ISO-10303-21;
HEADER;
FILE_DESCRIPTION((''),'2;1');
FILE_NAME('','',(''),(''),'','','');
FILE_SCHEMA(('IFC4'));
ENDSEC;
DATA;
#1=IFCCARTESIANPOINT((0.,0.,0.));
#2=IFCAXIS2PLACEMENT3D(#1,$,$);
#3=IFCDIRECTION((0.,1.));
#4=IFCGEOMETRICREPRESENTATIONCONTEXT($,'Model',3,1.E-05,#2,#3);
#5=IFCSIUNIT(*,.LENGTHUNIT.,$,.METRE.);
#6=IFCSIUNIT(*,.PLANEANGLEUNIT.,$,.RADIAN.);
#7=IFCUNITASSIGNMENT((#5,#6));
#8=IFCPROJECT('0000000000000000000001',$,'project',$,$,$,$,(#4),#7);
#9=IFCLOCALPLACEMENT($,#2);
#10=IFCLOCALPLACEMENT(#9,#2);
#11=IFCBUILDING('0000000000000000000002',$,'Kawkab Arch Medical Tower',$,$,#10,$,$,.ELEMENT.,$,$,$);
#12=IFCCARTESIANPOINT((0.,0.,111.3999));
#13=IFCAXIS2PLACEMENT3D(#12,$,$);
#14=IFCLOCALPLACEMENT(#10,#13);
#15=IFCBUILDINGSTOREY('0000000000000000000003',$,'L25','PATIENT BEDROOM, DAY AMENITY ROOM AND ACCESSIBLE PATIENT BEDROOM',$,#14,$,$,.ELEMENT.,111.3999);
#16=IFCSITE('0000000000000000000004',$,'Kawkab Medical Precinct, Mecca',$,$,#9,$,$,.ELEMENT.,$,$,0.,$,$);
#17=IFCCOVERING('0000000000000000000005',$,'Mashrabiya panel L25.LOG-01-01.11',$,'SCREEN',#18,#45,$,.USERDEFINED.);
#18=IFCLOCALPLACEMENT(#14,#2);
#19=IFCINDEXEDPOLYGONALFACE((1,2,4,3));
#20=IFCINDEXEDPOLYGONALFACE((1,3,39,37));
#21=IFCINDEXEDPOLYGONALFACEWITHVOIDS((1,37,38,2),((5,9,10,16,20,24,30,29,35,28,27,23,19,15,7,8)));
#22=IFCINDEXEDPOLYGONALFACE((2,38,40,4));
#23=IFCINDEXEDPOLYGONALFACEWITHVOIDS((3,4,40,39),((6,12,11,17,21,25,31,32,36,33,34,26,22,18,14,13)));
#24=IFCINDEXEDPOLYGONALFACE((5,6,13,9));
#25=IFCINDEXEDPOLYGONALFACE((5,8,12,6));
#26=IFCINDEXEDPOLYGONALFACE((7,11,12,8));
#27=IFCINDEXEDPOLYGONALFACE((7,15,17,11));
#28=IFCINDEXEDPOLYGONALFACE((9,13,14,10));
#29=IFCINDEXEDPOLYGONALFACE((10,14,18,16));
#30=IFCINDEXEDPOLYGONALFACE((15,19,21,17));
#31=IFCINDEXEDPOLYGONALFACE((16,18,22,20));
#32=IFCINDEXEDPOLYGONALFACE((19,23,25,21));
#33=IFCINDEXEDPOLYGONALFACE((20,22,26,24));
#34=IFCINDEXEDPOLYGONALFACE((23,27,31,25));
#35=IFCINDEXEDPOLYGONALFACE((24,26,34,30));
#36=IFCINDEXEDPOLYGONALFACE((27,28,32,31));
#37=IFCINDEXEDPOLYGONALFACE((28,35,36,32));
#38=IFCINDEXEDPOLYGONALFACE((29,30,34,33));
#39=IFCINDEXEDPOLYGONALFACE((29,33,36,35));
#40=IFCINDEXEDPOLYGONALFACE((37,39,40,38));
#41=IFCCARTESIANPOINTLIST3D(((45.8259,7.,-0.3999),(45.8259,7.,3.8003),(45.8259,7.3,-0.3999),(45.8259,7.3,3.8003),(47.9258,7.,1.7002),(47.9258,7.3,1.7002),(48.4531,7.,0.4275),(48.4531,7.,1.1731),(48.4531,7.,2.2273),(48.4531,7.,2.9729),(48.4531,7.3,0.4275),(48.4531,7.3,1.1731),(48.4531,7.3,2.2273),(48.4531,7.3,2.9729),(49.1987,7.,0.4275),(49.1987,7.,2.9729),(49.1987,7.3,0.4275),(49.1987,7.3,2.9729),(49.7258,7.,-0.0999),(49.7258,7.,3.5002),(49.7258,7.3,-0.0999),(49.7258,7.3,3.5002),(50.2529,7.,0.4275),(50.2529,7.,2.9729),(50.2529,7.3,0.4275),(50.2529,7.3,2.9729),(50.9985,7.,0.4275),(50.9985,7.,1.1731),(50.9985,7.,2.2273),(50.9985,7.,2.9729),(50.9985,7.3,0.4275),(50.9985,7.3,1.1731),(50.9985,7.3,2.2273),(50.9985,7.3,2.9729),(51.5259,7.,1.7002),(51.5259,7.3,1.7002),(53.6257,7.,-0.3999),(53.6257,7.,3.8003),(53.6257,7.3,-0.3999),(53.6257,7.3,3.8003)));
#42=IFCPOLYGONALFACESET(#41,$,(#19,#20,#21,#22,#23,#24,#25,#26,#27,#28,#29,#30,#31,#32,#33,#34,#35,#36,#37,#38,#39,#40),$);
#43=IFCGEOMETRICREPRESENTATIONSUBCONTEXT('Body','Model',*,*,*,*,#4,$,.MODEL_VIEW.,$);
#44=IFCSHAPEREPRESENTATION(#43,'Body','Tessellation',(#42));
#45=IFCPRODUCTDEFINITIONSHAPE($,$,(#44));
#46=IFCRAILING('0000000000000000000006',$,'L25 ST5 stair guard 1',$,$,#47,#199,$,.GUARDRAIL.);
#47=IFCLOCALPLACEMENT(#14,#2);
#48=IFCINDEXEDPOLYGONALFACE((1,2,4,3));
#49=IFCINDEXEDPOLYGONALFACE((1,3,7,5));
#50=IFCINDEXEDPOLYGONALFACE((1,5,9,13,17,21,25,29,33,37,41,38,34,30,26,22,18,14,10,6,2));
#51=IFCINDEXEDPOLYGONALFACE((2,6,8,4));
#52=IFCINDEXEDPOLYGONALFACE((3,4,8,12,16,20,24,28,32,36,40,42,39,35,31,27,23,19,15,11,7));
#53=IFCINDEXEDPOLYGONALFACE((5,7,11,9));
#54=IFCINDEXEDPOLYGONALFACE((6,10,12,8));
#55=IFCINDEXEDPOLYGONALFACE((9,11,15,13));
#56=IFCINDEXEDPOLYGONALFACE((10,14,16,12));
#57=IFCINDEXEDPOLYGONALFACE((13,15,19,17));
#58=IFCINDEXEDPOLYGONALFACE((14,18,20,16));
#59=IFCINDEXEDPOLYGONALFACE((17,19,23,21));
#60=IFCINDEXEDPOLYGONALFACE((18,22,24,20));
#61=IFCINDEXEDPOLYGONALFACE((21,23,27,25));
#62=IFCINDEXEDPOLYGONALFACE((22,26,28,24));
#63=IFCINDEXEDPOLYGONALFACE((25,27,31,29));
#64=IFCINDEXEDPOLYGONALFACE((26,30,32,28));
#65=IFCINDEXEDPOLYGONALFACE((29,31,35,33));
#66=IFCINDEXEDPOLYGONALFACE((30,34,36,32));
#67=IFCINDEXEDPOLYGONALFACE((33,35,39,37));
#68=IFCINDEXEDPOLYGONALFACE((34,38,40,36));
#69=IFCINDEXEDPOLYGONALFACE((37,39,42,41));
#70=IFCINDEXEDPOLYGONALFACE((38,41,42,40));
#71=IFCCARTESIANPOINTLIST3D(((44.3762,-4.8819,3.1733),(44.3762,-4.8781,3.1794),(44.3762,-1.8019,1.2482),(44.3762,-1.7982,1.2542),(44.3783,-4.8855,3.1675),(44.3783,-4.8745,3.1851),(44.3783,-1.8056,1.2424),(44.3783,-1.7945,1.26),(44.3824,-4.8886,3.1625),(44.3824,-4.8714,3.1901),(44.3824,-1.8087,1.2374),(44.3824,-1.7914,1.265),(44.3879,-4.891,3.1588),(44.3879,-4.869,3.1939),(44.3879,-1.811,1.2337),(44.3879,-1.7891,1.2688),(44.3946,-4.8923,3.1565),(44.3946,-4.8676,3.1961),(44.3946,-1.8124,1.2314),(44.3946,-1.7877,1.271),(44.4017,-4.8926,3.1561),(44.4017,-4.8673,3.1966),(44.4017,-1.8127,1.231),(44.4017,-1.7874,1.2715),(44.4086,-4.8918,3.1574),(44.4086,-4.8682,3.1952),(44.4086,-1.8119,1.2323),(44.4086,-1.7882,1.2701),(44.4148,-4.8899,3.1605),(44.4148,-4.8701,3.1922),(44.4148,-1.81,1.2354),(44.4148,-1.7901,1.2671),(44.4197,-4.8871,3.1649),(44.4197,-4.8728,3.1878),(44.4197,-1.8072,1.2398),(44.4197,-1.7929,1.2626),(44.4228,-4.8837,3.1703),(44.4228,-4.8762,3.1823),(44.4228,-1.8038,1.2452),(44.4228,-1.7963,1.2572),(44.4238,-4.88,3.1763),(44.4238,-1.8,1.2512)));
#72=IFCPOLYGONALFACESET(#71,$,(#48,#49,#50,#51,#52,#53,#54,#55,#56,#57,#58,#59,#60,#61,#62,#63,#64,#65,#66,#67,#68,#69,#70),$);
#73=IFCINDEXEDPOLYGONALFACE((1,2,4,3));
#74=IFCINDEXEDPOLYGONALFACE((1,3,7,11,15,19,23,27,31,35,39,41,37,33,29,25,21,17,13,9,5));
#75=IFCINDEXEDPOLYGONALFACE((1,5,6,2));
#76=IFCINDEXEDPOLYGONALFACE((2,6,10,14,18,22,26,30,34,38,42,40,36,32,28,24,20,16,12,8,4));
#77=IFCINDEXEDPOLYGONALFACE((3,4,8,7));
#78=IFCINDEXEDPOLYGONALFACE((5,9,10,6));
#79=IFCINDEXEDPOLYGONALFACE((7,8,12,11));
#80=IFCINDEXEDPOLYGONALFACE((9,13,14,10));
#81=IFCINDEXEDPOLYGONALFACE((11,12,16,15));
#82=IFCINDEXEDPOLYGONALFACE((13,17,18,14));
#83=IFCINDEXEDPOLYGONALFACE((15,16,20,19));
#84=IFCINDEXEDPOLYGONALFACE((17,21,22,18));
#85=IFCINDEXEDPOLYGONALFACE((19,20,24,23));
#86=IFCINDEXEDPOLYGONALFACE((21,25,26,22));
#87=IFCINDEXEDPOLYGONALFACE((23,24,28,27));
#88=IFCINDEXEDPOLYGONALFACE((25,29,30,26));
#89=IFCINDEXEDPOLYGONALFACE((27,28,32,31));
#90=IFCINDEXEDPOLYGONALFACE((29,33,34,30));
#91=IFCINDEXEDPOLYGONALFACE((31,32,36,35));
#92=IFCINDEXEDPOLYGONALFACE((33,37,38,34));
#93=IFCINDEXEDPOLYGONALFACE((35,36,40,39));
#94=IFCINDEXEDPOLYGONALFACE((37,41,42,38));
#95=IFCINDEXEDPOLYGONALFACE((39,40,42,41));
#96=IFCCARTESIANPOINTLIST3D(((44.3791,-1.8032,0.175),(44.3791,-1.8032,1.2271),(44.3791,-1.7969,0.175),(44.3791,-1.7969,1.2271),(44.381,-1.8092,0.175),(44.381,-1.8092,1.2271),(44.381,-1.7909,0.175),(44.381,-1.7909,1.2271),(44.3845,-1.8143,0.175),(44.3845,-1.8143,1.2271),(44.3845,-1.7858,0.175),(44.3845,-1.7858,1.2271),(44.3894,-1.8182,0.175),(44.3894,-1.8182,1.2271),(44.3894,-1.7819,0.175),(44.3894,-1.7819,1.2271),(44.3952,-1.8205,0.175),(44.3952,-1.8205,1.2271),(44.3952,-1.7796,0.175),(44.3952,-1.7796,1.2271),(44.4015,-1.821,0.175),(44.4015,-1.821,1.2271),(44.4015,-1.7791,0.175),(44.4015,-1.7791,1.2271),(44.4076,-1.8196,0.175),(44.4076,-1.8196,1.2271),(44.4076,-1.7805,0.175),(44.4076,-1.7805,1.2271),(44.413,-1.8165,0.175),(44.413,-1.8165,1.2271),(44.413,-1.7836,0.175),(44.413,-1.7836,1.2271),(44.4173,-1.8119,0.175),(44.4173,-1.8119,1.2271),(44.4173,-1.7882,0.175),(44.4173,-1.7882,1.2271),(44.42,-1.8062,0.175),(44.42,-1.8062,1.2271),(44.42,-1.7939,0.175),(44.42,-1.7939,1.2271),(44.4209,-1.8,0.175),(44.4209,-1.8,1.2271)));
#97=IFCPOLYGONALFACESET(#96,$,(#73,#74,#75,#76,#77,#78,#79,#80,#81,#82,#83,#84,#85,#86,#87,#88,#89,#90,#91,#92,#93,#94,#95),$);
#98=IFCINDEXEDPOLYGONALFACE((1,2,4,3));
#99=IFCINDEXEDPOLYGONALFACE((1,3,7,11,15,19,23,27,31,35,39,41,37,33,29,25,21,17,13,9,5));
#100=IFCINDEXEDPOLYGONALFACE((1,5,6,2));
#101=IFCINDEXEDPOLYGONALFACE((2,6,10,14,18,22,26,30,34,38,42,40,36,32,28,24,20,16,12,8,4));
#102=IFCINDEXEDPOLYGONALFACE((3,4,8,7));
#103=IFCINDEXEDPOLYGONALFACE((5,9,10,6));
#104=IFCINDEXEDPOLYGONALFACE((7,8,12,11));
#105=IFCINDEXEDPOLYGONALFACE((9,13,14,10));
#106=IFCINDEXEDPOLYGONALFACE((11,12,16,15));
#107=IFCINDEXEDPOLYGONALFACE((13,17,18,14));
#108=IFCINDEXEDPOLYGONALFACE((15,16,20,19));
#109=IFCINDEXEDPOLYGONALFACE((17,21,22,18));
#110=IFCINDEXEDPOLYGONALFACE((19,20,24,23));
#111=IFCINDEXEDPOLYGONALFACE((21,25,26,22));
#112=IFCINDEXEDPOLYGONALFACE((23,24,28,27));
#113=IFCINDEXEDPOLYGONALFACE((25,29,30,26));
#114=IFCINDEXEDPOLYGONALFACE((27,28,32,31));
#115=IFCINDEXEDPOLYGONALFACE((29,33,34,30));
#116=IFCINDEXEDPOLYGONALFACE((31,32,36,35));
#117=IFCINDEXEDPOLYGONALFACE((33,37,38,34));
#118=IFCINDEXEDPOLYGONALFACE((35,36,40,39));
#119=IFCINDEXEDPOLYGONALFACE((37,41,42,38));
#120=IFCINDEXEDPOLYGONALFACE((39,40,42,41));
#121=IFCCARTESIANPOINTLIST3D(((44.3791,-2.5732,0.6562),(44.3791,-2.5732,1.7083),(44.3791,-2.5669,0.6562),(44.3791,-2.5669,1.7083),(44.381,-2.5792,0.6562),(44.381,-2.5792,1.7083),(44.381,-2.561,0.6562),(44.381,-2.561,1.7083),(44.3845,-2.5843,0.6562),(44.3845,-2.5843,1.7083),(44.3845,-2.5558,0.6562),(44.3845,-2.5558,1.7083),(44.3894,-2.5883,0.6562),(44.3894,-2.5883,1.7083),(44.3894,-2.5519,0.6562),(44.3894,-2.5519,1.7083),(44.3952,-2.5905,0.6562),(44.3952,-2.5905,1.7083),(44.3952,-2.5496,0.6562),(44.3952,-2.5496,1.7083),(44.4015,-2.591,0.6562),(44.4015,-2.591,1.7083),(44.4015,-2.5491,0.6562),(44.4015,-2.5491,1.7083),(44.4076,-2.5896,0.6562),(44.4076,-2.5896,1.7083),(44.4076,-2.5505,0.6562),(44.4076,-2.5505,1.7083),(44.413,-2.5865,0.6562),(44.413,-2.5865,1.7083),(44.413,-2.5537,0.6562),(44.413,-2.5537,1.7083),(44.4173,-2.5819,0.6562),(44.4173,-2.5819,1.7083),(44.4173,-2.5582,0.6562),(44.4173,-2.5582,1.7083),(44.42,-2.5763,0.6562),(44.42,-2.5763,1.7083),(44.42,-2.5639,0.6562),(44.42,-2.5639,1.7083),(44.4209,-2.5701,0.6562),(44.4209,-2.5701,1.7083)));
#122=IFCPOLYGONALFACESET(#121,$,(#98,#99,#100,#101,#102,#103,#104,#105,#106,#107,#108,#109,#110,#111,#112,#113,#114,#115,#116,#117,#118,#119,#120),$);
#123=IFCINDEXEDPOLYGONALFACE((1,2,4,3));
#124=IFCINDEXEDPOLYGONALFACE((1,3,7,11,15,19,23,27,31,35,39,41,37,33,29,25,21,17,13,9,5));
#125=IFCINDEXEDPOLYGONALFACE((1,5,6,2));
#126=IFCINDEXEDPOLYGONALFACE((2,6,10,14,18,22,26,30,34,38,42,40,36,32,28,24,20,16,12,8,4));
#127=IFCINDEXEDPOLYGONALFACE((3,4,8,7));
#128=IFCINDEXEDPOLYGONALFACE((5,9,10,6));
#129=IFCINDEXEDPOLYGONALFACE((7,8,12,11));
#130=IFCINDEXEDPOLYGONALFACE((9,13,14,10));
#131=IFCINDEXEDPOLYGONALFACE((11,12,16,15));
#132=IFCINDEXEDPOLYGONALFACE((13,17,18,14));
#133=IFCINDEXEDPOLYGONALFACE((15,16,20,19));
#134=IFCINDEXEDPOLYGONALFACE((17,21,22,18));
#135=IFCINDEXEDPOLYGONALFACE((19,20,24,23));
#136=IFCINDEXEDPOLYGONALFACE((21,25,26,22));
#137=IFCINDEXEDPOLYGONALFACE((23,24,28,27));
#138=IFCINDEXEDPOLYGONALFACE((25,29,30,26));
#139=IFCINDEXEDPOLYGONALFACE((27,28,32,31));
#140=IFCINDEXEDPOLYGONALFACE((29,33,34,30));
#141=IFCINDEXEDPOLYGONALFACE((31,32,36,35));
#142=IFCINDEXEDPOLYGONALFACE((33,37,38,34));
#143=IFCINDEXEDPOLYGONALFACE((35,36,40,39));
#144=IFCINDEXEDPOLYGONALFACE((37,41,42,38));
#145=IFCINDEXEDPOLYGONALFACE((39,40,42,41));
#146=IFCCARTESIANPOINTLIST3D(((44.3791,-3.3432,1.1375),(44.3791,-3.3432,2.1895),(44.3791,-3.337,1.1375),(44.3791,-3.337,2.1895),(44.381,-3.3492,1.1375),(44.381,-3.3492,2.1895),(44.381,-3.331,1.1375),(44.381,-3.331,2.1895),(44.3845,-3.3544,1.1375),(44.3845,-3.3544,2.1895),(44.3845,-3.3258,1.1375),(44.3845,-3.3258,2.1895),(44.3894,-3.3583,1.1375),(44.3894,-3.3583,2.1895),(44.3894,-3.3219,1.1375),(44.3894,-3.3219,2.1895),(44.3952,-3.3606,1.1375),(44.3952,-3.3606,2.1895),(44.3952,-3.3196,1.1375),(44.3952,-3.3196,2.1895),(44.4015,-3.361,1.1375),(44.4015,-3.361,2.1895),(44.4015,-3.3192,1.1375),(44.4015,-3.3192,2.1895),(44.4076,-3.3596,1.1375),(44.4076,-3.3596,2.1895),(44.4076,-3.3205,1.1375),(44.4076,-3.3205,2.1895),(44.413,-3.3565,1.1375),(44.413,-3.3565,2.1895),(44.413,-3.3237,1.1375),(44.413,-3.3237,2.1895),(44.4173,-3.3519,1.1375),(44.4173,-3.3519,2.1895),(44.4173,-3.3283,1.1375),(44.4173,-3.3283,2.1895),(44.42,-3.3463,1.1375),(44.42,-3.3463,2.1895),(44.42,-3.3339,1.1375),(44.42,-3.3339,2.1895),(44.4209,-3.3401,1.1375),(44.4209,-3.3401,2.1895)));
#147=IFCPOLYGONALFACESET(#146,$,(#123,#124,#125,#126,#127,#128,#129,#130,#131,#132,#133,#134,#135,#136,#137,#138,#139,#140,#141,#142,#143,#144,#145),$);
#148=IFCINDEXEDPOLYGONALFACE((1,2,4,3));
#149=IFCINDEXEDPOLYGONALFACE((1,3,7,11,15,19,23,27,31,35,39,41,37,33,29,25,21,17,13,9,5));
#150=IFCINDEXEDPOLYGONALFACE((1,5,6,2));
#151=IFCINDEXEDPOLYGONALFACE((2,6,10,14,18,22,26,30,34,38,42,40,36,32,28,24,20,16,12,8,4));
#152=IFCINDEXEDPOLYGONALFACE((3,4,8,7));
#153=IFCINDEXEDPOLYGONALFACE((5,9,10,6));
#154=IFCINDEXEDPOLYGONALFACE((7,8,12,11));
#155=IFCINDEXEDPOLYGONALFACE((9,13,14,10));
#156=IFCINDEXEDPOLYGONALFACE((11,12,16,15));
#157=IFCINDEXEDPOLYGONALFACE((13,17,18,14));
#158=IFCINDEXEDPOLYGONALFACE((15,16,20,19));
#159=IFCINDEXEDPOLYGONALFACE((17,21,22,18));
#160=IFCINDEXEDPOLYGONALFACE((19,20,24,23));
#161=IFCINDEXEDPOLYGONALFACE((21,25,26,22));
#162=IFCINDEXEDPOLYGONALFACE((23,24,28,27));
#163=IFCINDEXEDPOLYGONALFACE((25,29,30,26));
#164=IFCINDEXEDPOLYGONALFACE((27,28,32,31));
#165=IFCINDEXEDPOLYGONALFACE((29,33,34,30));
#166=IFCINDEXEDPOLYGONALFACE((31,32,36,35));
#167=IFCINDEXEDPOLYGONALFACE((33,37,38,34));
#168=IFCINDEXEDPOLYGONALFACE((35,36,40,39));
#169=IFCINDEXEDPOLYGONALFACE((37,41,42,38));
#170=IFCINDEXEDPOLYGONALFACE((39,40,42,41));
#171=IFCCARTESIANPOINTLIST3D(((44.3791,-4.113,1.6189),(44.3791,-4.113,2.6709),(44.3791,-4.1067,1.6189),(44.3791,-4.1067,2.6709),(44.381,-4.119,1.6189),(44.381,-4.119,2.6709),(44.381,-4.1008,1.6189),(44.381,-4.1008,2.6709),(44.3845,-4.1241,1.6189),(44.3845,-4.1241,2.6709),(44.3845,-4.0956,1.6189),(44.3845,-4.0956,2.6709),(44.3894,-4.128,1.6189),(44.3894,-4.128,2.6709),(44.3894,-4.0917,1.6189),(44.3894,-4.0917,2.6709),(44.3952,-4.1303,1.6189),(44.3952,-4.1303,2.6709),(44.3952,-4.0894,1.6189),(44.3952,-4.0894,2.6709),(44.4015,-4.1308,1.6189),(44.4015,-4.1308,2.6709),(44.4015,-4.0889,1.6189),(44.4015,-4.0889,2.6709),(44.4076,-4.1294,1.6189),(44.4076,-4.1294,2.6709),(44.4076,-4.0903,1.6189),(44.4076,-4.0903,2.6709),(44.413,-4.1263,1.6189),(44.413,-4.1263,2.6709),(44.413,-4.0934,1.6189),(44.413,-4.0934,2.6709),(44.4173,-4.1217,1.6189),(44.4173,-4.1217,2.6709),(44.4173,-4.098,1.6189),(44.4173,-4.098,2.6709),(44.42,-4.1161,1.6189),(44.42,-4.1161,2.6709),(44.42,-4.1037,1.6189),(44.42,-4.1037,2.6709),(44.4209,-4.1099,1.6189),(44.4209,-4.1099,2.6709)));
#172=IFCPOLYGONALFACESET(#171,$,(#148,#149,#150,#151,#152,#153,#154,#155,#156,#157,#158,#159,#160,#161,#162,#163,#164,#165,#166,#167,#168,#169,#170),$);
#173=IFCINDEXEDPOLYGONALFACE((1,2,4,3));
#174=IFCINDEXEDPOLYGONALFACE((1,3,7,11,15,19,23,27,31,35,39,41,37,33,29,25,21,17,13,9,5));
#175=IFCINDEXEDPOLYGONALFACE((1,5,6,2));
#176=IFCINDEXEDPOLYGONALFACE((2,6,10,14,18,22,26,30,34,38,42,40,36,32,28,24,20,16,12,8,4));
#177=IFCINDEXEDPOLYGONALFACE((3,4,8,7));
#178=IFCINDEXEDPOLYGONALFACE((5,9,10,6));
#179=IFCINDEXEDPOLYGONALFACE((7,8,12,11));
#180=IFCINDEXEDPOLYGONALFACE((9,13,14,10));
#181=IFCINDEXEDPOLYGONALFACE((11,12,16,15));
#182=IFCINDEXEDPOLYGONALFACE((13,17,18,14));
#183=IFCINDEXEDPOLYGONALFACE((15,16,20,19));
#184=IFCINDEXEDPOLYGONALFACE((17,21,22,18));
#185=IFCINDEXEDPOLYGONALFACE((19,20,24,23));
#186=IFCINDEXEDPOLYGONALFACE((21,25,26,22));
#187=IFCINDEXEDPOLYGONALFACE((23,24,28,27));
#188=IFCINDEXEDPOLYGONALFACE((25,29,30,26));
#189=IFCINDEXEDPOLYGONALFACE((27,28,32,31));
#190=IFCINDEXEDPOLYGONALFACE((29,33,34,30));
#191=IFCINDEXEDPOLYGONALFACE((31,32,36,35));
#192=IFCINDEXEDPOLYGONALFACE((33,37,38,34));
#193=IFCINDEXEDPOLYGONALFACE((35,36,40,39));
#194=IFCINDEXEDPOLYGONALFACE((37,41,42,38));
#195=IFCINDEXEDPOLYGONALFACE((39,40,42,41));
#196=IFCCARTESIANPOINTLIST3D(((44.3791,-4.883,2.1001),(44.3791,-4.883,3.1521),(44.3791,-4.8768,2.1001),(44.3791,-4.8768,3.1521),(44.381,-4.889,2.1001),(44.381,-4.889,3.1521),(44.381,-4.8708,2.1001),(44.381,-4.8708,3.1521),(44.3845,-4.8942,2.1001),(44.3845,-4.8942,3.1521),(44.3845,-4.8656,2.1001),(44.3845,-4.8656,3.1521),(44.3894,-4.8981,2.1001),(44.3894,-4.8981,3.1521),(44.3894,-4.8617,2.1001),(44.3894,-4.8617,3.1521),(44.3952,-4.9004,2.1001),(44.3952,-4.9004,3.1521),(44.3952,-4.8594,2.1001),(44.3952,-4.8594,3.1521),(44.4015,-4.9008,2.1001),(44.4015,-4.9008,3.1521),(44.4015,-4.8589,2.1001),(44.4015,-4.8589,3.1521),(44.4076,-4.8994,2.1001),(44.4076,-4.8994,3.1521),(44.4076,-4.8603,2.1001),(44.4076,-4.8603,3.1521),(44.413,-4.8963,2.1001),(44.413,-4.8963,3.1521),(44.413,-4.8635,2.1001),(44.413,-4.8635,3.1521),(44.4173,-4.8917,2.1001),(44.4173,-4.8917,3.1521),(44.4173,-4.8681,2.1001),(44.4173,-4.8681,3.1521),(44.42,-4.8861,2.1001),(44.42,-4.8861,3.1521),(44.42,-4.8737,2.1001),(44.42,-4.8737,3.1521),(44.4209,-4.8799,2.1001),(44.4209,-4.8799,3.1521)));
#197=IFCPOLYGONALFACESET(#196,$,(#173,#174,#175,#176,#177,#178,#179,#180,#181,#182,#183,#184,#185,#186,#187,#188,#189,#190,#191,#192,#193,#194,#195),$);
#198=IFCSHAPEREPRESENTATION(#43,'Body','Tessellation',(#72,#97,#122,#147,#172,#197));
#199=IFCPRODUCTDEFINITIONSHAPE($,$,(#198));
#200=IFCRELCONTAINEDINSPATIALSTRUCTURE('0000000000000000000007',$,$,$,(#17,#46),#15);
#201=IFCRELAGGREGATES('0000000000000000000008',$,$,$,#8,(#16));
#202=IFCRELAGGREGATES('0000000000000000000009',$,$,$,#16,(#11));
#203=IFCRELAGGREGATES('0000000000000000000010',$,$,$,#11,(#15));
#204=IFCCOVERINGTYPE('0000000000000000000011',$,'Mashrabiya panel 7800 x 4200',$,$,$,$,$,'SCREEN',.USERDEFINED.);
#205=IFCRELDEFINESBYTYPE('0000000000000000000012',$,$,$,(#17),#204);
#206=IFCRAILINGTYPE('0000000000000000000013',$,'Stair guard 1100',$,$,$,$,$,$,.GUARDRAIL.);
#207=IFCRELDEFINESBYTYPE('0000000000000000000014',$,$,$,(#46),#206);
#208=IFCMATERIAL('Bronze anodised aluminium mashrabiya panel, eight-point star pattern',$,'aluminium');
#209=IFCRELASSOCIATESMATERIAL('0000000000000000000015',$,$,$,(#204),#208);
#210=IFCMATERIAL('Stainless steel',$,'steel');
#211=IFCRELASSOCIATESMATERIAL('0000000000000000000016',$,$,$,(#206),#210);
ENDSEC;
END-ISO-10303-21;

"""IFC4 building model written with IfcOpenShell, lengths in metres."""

from ifc_helpers import new_model, si_unit, direction, frame, origin, origin_2d, place, context, subcontext, project, spatial, polyline, circle, outline, extrude, material, material_profile, profile_set, type_object, element, save


model = new_model("IFC4")

# Units and contexts
model_context = context("Model", 3, precision=1e-05, world=origin(), true_north=direction((0.0, 1.0)))
body_context = subcontext(model_context, "Body", "Model", "MODEL_VIEW")
ifc_project = project(units=[si_unit("LENGTHUNIT", "METRE"), si_unit("PLANEANGLEUNIT", "RADIAN")], contexts=[model_context])

# Site, building, storey
site_placement = place(None, origin())
site = spatial("IfcSite", under=ifc_project, at=site_placement, Name="Kawkab Medical Precinct, Mecca", CompositionType="ELEMENT", RefElevation=0.0)
building_placement = place(site_placement, origin())
building = spatial("IfcBuilding", under=site, at=building_placement, Name="Kawkab Arch Medical Tower", CompositionType="ELEMENT")
storey_placement = place(building_placement, frame((0.0, 0.0, 111.3999)))
storey = spatial("IfcBuildingStorey", under=building, at=storey_placement, Name="L25", Description="PATIENT BEDROOM, DAY AMENITY ROOM AND ACCESSIBLE PATIENT BEDROOM", CompositionType="ELEMENT", Elevation=111.3999)

# Covering
ifc_material_1 = material(Name="Bronze anodised aluminium mashrabiya panel, eight-point star pattern", Category="aluminium")
ifc_material_profile_1 = material_profile(ifc_material_1, outline(polyline([(-3.8999, -2.1001), (3.8999, -2.1001), (3.8999, 2.1001), (-3.8999, 2.1001), (-3.8999, -2.1001)]), holes=[polyline([(1.8, 0.0), (1.2727, 0.5271), (1.2727, 1.2727), (0.5271, 1.2727), (0.0, 1.8), (-0.5271, 1.2727), (-1.2727, 1.2727), (-1.2727, 0.5271), (-1.8, 0.0), (-1.2727, -0.5271), (-1.2727, -1.2727), (-0.5271, -1.2727), (0.0, -1.8), (0.5271, -1.2727), (1.2727, -1.2727), (1.2727, -0.5271), (1.8, 0.0)])]), Name="Mashrabiya panel 7800x4200")
ifc_profile_set_1 = profile_set([ifc_material_profile_1], Name="Bronze anodised aluminium mashrabiya panel, eight-point star pattern")
covering_type = type_object("IfcCoveringType", Name="Mashrabiya panel 7800 x 4200", ElementType="SCREEN", PredefinedType="USERDEFINED", material=ifc_profile_set_1)
covering_placement = place(storey_placement, frame((49.7258, 7.0, 1.7002), z_axis=(0.0, 1.0, 0.0), x_axis=(-1.0, 0.0, 0.0)))
element("IfcCovering", 1, at=covering_placement, inside=storey, type_object=covering_type, Name="Mashrabiya panel L25.LOG-01-01.11", ObjectType="SCREEN", PredefinedType="USERDEFINED", context=body_context, shape_type="SweptSolid", body=[
    extrude(outline(polyline([(-3.8999, -2.1001), (3.8999, -2.1001), (3.8999, 2.1001), (-3.8999, 2.1001), (-3.8999, -2.1001)]), holes=[polyline([(1.8, 0.0), (1.2727, 0.5271), (1.2727, 1.2727), (0.5271, 1.2727), (0.0, 1.8), (-0.5271, 1.2727), (-1.2727, 1.2727), (-1.2727, 0.5271), (-1.8, 0.0), (-1.2727, -0.5271), (-1.2727, -1.2727), (-0.5271, -1.2727), (0.0, -1.8), (0.5271, -1.2727), (1.2727, -1.2727), (1.2727, -0.5271), (1.8, 0.0)])]), origin(), (0.0, 0.0, 1.0), 0.3),
])

# Railing
ifc_material_2 = material(Name="Stainless steel", Category="steel")
railing_type = type_object("IfcRailingType", Name="Stair guard 1100", PredefinedType="GUARDRAIL", material=ifc_material_2)
railing_1_placement = place(storey_placement, frame((44.3999, -1.8, 0.175)))
element("IfcRailing", 2, at=railing_1_placement, inside=storey, type_object=railing_type, Name="L25 ST5 stair guard 1", PredefinedType="GUARDRAIL", context=body_context, shape_type="SweptSolid", body=[
    extrude(circle(Radius=0.0239, at=origin_2d()), frame((0.0, 0.0, 1.0762), z_axis=(0.0, -0.847979, 0.530029), x_axis=(1.0, 0.0, 0.0)), (0.0, 0.0, 1.0), 3.6321),
    extrude(circle(Radius=0.021, at=origin_2d()), origin(), (0.0, 0.0, 1.0), 1.052),
    extrude(circle(Radius=0.021, at=origin_2d()), frame((0.0, -0.77, 0.4812)), (0.0, 0.0, 1.0), 1.052),
    extrude(circle(Radius=0.021, at=origin_2d()), frame((0.0, -1.54, 0.9624)), (0.0, 0.0, 1.0), 1.052),
    extrude(circle(Radius=0.021, at=origin_2d()), frame((0.0, -2.3098, 1.4438)), (0.0, 0.0, 1.0), 1.052),
    extrude(circle(Radius=0.021, at=origin_2d()), frame((0.0, -3.0798, 1.925)), (0.0, 0.0, 1.0), 1.052),
])

save(model, "model.ifc")
